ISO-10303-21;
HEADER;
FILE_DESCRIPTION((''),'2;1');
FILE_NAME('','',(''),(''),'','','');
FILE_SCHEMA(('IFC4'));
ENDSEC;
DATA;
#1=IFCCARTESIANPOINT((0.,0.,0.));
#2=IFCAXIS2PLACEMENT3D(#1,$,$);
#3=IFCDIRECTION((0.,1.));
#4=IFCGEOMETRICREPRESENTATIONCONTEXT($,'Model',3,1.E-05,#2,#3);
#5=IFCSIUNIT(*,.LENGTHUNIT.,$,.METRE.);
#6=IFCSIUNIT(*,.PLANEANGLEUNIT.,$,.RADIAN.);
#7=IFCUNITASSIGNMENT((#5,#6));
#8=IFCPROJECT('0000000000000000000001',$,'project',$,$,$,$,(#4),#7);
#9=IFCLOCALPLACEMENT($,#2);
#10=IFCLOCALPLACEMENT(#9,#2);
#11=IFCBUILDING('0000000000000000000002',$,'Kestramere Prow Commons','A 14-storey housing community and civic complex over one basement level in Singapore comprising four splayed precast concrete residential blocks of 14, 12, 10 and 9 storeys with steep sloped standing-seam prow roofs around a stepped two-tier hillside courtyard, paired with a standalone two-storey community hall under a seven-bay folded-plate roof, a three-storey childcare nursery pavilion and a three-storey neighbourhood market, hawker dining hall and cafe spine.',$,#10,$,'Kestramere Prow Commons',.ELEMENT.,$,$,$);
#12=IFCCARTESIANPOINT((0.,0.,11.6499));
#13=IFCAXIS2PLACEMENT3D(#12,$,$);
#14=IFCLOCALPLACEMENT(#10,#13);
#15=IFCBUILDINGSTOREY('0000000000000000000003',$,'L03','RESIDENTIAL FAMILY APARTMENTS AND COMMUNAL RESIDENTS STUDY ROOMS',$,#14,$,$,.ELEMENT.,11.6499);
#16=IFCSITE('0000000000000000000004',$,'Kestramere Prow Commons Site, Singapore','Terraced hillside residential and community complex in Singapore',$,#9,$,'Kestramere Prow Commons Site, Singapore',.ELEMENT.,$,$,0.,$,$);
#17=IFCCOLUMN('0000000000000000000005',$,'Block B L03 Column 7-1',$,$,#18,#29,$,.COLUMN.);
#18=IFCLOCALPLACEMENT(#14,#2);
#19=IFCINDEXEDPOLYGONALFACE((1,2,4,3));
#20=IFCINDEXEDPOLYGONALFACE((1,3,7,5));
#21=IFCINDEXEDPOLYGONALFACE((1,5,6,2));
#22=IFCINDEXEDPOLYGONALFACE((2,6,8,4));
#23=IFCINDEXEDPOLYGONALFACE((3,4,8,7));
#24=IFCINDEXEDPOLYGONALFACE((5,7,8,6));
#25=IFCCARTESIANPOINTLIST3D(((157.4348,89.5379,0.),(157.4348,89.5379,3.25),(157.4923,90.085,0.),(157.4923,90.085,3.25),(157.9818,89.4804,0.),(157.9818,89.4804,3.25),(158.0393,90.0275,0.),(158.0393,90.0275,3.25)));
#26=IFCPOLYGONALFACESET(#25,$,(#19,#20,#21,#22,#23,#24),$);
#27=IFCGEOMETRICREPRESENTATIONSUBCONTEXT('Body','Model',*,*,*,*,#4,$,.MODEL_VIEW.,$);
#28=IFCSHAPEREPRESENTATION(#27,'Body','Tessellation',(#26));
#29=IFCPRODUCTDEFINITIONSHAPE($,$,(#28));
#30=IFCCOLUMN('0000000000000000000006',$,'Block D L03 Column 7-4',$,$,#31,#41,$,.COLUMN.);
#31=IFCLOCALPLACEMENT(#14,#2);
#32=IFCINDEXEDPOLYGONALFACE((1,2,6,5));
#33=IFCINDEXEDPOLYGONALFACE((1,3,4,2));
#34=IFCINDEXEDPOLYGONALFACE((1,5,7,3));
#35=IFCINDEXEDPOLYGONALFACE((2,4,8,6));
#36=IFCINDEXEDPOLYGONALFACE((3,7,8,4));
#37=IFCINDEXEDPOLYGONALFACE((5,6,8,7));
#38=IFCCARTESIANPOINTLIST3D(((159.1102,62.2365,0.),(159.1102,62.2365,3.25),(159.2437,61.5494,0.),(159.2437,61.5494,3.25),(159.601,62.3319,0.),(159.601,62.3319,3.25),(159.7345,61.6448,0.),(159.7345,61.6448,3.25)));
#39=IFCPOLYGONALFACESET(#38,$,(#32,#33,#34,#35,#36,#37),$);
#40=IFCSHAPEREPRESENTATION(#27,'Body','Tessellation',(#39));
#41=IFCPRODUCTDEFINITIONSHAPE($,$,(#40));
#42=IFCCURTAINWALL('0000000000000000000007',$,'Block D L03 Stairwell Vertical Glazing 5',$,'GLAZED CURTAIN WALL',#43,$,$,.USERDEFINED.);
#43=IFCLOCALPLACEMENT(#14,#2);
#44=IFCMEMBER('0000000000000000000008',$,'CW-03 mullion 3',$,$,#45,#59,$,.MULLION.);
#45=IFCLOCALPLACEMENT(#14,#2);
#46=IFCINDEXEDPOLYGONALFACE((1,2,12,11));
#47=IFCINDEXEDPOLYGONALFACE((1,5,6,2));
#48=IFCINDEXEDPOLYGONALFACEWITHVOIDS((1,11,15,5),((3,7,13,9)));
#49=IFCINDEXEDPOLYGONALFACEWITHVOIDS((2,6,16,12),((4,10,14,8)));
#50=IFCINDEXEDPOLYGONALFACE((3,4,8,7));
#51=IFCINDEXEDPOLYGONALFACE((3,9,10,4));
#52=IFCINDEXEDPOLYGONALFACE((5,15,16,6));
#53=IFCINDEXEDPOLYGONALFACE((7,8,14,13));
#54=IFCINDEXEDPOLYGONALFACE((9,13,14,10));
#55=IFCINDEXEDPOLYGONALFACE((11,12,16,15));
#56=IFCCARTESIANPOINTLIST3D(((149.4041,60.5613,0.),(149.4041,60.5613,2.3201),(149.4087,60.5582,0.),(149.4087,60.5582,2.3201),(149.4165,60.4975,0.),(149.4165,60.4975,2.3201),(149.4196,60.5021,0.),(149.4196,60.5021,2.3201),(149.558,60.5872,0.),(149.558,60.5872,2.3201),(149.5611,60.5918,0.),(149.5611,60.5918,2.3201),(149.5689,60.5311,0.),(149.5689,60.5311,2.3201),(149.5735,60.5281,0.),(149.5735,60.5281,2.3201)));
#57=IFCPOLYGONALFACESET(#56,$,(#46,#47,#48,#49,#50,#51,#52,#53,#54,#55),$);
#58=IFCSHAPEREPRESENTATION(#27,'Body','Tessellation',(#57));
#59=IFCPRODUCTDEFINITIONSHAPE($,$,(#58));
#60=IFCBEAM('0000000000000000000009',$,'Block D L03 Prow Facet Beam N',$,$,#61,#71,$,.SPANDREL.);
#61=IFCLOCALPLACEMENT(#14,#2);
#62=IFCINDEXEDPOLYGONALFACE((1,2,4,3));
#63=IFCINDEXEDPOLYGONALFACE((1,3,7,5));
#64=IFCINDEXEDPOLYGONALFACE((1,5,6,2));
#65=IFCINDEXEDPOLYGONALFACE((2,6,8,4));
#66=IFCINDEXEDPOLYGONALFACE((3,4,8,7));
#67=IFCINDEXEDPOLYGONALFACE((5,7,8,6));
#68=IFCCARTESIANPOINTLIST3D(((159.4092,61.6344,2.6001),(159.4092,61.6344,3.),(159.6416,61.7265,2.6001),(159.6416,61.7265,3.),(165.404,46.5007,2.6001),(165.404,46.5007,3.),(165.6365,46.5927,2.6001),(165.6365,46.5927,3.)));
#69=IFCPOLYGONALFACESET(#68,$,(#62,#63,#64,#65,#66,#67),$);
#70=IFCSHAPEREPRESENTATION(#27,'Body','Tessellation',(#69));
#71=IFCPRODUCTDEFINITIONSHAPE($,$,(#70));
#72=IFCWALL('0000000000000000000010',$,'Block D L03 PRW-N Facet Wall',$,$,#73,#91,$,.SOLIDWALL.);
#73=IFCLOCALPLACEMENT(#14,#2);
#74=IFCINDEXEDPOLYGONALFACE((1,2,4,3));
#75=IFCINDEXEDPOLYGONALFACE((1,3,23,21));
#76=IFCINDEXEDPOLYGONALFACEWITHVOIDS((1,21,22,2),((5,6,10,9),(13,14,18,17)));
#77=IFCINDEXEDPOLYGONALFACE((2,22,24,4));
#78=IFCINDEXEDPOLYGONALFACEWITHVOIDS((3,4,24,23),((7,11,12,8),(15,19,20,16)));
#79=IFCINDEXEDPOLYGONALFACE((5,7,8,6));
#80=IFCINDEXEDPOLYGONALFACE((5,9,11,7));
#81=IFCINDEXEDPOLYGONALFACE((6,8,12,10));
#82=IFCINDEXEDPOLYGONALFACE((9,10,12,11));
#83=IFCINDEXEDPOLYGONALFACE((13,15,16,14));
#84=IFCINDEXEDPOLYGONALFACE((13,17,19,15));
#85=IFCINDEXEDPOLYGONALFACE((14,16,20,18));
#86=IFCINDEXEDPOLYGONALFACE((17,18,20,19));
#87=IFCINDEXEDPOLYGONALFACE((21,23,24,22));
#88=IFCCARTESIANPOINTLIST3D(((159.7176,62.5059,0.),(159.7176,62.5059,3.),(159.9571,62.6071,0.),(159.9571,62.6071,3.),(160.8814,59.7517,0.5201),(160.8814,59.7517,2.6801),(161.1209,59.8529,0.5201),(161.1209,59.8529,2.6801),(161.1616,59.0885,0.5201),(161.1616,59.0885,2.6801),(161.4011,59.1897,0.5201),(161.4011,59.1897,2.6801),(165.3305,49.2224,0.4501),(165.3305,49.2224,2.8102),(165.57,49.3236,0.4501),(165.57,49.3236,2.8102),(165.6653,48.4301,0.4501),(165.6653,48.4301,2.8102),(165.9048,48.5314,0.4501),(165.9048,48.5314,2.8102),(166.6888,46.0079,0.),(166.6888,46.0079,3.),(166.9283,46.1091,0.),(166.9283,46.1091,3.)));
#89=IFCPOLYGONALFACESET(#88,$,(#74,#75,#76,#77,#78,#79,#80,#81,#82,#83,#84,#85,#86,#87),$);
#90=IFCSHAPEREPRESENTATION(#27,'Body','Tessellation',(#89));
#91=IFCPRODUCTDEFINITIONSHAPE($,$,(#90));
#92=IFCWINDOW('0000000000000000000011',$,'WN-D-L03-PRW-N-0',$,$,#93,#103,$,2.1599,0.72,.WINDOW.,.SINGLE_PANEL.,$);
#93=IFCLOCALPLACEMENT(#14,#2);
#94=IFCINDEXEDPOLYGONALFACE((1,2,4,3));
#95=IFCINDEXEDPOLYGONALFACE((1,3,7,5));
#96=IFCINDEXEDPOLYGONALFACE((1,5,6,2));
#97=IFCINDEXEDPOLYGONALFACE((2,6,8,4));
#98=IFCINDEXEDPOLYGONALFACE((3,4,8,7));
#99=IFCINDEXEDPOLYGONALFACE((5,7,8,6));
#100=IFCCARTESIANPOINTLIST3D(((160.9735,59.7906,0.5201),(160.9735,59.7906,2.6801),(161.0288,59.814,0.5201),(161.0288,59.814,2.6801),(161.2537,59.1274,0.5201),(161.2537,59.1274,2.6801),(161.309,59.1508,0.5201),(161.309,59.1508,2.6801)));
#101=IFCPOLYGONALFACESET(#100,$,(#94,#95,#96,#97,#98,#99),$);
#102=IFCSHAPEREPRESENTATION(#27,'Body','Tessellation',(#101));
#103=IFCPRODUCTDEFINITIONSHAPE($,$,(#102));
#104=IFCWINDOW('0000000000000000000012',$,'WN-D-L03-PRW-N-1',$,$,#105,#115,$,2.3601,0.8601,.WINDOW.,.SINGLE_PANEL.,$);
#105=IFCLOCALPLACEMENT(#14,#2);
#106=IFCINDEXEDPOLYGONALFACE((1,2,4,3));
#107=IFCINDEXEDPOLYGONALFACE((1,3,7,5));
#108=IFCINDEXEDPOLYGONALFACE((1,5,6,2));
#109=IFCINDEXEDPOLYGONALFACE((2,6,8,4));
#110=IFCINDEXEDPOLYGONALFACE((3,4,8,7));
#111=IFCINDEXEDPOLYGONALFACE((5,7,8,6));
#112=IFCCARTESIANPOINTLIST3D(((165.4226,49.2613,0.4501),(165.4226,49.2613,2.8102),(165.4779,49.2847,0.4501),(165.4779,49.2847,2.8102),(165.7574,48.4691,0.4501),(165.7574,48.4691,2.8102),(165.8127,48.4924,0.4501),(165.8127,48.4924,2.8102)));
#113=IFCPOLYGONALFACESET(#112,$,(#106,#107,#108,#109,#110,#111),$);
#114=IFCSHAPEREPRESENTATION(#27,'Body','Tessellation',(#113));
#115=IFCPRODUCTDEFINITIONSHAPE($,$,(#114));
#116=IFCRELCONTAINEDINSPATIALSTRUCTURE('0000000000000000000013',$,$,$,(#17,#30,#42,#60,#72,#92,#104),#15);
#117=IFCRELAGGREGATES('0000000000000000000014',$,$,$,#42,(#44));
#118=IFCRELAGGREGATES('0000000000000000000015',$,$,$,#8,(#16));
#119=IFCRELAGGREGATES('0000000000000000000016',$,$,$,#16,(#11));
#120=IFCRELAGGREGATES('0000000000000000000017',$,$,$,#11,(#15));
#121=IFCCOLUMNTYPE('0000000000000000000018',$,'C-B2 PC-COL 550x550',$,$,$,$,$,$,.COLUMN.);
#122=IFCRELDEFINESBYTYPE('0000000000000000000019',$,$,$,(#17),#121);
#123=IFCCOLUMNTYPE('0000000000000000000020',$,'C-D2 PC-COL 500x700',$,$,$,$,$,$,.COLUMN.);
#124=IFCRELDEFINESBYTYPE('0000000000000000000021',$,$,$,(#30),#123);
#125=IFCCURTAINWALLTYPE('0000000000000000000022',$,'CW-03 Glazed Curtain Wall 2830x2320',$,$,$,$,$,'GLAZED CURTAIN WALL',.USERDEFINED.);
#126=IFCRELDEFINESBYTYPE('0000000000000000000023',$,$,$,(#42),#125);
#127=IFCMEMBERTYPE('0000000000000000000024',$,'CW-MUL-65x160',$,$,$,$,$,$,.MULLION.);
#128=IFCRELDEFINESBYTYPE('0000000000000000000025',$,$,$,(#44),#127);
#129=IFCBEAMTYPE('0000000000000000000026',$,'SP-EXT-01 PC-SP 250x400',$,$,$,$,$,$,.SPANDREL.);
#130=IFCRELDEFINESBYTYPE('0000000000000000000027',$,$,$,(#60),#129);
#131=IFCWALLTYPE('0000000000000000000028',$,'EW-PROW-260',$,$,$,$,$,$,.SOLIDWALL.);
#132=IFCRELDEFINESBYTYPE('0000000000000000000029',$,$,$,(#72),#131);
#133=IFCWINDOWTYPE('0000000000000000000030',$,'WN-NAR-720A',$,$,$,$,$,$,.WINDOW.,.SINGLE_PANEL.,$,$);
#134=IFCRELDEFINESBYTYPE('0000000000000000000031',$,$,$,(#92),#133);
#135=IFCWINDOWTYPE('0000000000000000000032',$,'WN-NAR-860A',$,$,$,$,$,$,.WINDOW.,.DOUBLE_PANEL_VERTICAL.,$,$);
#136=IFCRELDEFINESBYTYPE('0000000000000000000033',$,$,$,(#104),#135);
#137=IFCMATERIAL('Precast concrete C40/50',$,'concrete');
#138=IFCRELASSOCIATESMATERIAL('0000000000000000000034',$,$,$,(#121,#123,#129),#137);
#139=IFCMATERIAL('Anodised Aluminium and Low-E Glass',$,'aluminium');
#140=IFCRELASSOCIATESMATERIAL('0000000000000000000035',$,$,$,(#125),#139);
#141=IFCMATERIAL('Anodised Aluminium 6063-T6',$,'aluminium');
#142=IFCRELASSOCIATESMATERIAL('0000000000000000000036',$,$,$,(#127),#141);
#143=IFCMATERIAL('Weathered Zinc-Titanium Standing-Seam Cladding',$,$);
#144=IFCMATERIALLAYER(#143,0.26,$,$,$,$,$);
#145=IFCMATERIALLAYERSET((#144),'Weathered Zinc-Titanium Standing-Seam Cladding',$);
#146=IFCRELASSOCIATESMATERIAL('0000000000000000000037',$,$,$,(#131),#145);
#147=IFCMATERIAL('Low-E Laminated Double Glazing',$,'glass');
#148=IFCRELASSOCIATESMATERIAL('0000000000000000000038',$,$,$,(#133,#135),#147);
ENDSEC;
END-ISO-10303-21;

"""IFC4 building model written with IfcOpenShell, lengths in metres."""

from ifc_helpers import new_model, si_unit, direction, frame, frame_2d, origin, origin_2d, place, context, subcontext, project, spatial, rectangle, hollow_rectangle, extrude, material, layer, layer_set, material_profile, profile_set, type_object, element, fill, aggregate, save


model = new_model("IFC4")

# Units and contexts
model_context = context("Model", 3, precision=1e-05, world=origin(), true_north=direction((0.0, 1.0)))
body_context = subcontext(model_context, "Body", "Model", "MODEL_VIEW")
ifc_project = project(units=[si_unit("LENGTHUNIT", "METRE"), si_unit("PLANEANGLEUNIT", "RADIAN")], contexts=[model_context])

# Site, building, storey
site_placement = place(None, origin())
site = spatial("IfcSite", under=ifc_project, at=site_placement, Name="Kestramere Prow Commons Site, Singapore", Description="Terraced hillside residential and community complex in Singapore", LongName="Kestramere Prow Commons Site, Singapore", CompositionType="ELEMENT", RefElevation=0.0)
building_placement = place(site_placement, origin())
building = spatial("IfcBuilding", under=site, at=building_placement, Name="Kestramere Prow Commons", Description="A 14-storey housing community and civic complex over one basement level in Singapore comprising four splayed precast concrete residential blocks of 14, 12, 10 and 9 storeys with steep sloped standing-seam prow roofs around a stepped two-tier hillside courtyard, paired with a standalone two-storey community hall under a seven-bay folded-plate roof, a three-storey childcare nursery pavilion and a three-storey neighbourhood market, hawker dining hall and cafe spine.", LongName="Kestramere Prow Commons", CompositionType="ELEMENT")
storey_placement = place(building_placement, frame((0.0, 0.0, 11.6499)))
storey = spatial("IfcBuildingStorey", under=building, at=storey_placement, Name="L03", Description="RESIDENTIAL FAMILY APARTMENTS AND COMMUNAL RESIDENTS STUDY ROOMS", CompositionType="ELEMENT", Elevation=11.6499)

# Columns
ifc_material_1 = material(Name="Precast concrete C40/50", Category="concrete")
ifc_material_profile_1 = material_profile(ifc_material_1, rectangle(XDim=0.55, YDim=0.55, at=origin_2d()), Name="PC-COL 550x550")
ifc_profile_set_1 = profile_set([ifc_material_profile_1], Name="Precast concrete C40/50")
column_type_1 = type_object("IfcColumnType", Name="C-B2 PC-COL 550x550", PredefinedType="COLUMN", material=ifc_profile_set_1)
column_1_placement = place(storey_placement, frame((157.7371, 89.7827, 0.0), z_axis=(0.0, 0.0, 1.0), x_axis=(0.994522, -0.104528, 0.0)))
element("IfcColumn", 1, at=column_1_placement, inside=storey, type_object=column_type_1, Name="Block B L03 Column 7-1", PredefinedType="COLUMN", context=body_context, shape_type="SweptSolid", body=[
    extrude(rectangle(XDim=0.55, YDim=0.55, at=origin_2d()), origin(), (0.0, 0.0, 1.0), 3.25),
])
ifc_material_profile_2 = material_profile(ifc_material_1, rectangle(XDim=0.5, YDim=0.7, at=origin_2d()), Name="PC-COL 500x700")
ifc_profile_set_2 = profile_set([ifc_material_profile_2], Name="Precast concrete C40/50")
column_type_2 = type_object("IfcColumnType", Name="C-D2 PC-COL 500x700", PredefinedType="COLUMN", material=ifc_profile_set_2)
column_2_placement = place(storey_placement, frame((159.4224, 61.9407, 0.0), z_axis=(0.0, 0.0, 1.0), x_axis=(0.981627, 0.190809, 0.0)))
element("IfcColumn", 2, at=column_2_placement, inside=storey, type_object=column_type_2, Name="Block D L03 Column 7-4", PredefinedType="COLUMN", context=body_context, shape_type="SweptSolid", body=[
    extrude(rectangle(XDim=0.5, YDim=0.7, at=origin_2d()), origin(), (0.0, 0.0, 1.0), 3.25),
])

# Curtain wall, member
ifc_material_2 = material(Name="Anodised Aluminium and Low-E Glass", Category="aluminium")
curtain_wall_type = type_object("IfcCurtainWallType", Name="CW-03 Glazed Curtain Wall 2830x2320", ElementType="GLAZED CURTAIN WALL", PredefinedType="USERDEFINED", material=ifc_material_2)
curtain_wall_placement = place(storey_placement, origin())
curtain_wall = element("IfcCurtainWall", 3, at=curtain_wall_placement, inside=storey, type_object=curtain_wall_type, Name="Block D L03 Stairwell Vertical Glazing 5", ObjectType="GLAZED CURTAIN WALL", PredefinedType="USERDEFINED")
ifc_material_3 = material(Name="Anodised Aluminium 6063-T6", Category="aluminium")
ifc_material_profile_3 = material_profile(ifc_material_3, hollow_rectangle(XDim=0.0649, YDim=0.1599, WallThickness=0.0039, at=origin_2d()), Name="ALU-MUL 65x160")
ifc_profile_set_3 = profile_set([ifc_material_profile_3], Name="Anodised Aluminium 6063-T6")
member_type = type_object("IfcMemberType", Name="CW-MUL-65x160", PredefinedType="MULLION", material=ifc_profile_set_3)
member_placement = place(storey_placement, frame((149.4888, 60.5447, 0.0), z_axis=(0.0, 0.0, 1.0), x_axis=(-0.190809, 0.981627, 0.0)))
member = element("IfcMember", 4, at=member_placement, type_object=member_type, Name="CW-03 mullion 3", PredefinedType="MULLION", context=body_context, shape_type="SweptSolid", body=[
    extrude(hollow_rectangle(XDim=0.0649, YDim=0.1599, WallThickness=0.0039, at=origin_2d()), origin(), (0.0, 0.0, 1.0), 2.3201),
])
aggregate(curtain_wall, [member])

# Beam
ifc_material_profile_4 = material_profile(ifc_material_1, rectangle(XDim=0.25, YDim=0.3999, at=origin_2d()), Name="PC-SP 250x400")
ifc_profile_set_4 = profile_set([ifc_material_profile_4], Name="Precast concrete C40/50")
beam_type = type_object("IfcBeamType", Name="SP-EXT-01 PC-SP 250x400", PredefinedType="SPANDREL", material=ifc_profile_set_4)
beam_placement = place(storey_placement, frame((159.5254, 61.6804, 2.8), z_axis=(0.368283, -0.929714, 0.0), x_axis=(0.929714, 0.368283, 0.0)))
element("IfcBeam", 5, at=beam_placement, inside=storey, type_object=beam_type, Name="Block D L03 Prow Facet Beam N", PredefinedType="SPANDREL", context=body_context, shape_type="SweptSolid", body=[
    extrude(rectangle(XDim=0.25, YDim=0.3999, at=origin_2d()), origin(), (0.0, 0.0, 1.0), 16.2778),
])

# Wall, openings, windows
ifc_material_4 = material(Name="Weathered Zinc-Titanium Standing-Seam Cladding")
ifc_layer_1 = layer(ifc_material_4, 0.26)
ifc_layer_set_1 = layer_set([ifc_layer_1], Name="Weathered Zinc-Titanium Standing-Seam Cladding")
wall_type_1 = type_object("IfcWallType", Name="EW-PROW-260", PredefinedType="SOLIDWALL", material=ifc_layer_set_1)
wall_1_placement = place(storey_placement, frame((159.8374, 62.5564, 0.0), z_axis=(0.0, 0.0, 1.0), x_axis=(0.389226, -0.921142, 0.0)))
wall_1 = element("IfcWall", 6, at=wall_1_placement, inside=storey, type_object=wall_type_1, Name="Block D L03 PRW-N Facet Wall", PredefinedType="SOLIDWALL", context=body_context, shape_type="SweptSolid", body=[
    extrude(rectangle(XDim=17.9104, YDim=0.26, at=frame_2d((8.9551, 0.0))), origin(), (0.0, 0.0, 1.0), 3.0),
])
opening_1_placement = place(wall_1_placement, frame((2.99, 0.0, 0.52)))
opening_1 = element("IfcOpeningElement", 7, at=opening_1_placement, cuts=wall_1, PredefinedType="OPENING", context=body_context, shape_type="SweptSolid", body=[
    extrude(rectangle(XDim=0.72, YDim=2.1599, at=frame_2d((0.3599, 1.0801))), frame((0.0, 0.145, 0.0), z_axis=(0.0, -1.0, 0.0), x_axis=(1.0, 0.0, 0.0)), (0.0, 0.0, 1.0), 0.29),
])
opening_2_placement = place(wall_1_placement, frame((14.4204, 0.0, 0.45)))
opening_2 = element("IfcOpeningElement", 8, at=opening_2_placement, cuts=wall_1, PredefinedType="OPENING", context=body_context, shape_type="SweptSolid", body=[
    extrude(rectangle(XDim=0.8601, YDim=2.3601, at=frame_2d((0.4302, 1.1802))), frame((0.0, 0.145, 0.0), z_axis=(0.0, -1.0, 0.0), x_axis=(1.0, 0.0, 0.0)), (0.0, 0.0, 1.0), 0.29),
])
ifc_material_5 = material(Name="Low-E Laminated Double Glazing", Category="glass")
window_type_1 = type_object("IfcWindowType", Name="WN-NAR-720A", PartitioningType="SINGLE_PANEL", PredefinedType="WINDOW", material=ifc_material_5)
window_1_placement = place(opening_1_placement, origin())
window_1 = element("IfcWindow", 9, at=window_1_placement, inside=storey, type_object=window_type_1, Name="WN-D-L03-PRW-N-0", OverallHeight=2.1599, OverallWidth=0.72, PartitioningType="SINGLE_PANEL", PredefinedType="WINDOW", context=body_context, shape_type="SweptSolid", body=[
    extrude(rectangle(XDim=0.72, YDim=2.1599, at=frame_2d((0.3599, 1.0801))), frame((0.0, 0.03, 0.0), z_axis=(0.0, -1.0, 0.0), x_axis=(1.0, 0.0, 0.0)), (0.0, 0.0, 1.0), 0.0601),
])
fill(opening_1, window_1)
window_type_2 = type_object("IfcWindowType", Name="WN-NAR-860A", PartitioningType="DOUBLE_PANEL_VERTICAL", PredefinedType="WINDOW", material=ifc_material_5)
window_2_placement = place(opening_2_placement, origin())
window_2 = element("IfcWindow", 10, at=window_2_placement, inside=storey, type_object=window_type_2, Name="WN-D-L03-PRW-N-1", OverallHeight=2.3601, OverallWidth=0.8601, PartitioningType="SINGLE_PANEL", PredefinedType="WINDOW", context=body_context, shape_type="SweptSolid", body=[
    extrude(rectangle(XDim=0.8601, YDim=2.3601, at=frame_2d((0.4302, 1.1802))), frame((0.0, 0.03, 0.0), z_axis=(0.0, -1.0, 0.0), x_axis=(1.0, 0.0, 0.0)), (0.0, 0.0, 1.0), 0.0601),
])
fill(opening_2, window_2)

save(model, "model.ifc")
